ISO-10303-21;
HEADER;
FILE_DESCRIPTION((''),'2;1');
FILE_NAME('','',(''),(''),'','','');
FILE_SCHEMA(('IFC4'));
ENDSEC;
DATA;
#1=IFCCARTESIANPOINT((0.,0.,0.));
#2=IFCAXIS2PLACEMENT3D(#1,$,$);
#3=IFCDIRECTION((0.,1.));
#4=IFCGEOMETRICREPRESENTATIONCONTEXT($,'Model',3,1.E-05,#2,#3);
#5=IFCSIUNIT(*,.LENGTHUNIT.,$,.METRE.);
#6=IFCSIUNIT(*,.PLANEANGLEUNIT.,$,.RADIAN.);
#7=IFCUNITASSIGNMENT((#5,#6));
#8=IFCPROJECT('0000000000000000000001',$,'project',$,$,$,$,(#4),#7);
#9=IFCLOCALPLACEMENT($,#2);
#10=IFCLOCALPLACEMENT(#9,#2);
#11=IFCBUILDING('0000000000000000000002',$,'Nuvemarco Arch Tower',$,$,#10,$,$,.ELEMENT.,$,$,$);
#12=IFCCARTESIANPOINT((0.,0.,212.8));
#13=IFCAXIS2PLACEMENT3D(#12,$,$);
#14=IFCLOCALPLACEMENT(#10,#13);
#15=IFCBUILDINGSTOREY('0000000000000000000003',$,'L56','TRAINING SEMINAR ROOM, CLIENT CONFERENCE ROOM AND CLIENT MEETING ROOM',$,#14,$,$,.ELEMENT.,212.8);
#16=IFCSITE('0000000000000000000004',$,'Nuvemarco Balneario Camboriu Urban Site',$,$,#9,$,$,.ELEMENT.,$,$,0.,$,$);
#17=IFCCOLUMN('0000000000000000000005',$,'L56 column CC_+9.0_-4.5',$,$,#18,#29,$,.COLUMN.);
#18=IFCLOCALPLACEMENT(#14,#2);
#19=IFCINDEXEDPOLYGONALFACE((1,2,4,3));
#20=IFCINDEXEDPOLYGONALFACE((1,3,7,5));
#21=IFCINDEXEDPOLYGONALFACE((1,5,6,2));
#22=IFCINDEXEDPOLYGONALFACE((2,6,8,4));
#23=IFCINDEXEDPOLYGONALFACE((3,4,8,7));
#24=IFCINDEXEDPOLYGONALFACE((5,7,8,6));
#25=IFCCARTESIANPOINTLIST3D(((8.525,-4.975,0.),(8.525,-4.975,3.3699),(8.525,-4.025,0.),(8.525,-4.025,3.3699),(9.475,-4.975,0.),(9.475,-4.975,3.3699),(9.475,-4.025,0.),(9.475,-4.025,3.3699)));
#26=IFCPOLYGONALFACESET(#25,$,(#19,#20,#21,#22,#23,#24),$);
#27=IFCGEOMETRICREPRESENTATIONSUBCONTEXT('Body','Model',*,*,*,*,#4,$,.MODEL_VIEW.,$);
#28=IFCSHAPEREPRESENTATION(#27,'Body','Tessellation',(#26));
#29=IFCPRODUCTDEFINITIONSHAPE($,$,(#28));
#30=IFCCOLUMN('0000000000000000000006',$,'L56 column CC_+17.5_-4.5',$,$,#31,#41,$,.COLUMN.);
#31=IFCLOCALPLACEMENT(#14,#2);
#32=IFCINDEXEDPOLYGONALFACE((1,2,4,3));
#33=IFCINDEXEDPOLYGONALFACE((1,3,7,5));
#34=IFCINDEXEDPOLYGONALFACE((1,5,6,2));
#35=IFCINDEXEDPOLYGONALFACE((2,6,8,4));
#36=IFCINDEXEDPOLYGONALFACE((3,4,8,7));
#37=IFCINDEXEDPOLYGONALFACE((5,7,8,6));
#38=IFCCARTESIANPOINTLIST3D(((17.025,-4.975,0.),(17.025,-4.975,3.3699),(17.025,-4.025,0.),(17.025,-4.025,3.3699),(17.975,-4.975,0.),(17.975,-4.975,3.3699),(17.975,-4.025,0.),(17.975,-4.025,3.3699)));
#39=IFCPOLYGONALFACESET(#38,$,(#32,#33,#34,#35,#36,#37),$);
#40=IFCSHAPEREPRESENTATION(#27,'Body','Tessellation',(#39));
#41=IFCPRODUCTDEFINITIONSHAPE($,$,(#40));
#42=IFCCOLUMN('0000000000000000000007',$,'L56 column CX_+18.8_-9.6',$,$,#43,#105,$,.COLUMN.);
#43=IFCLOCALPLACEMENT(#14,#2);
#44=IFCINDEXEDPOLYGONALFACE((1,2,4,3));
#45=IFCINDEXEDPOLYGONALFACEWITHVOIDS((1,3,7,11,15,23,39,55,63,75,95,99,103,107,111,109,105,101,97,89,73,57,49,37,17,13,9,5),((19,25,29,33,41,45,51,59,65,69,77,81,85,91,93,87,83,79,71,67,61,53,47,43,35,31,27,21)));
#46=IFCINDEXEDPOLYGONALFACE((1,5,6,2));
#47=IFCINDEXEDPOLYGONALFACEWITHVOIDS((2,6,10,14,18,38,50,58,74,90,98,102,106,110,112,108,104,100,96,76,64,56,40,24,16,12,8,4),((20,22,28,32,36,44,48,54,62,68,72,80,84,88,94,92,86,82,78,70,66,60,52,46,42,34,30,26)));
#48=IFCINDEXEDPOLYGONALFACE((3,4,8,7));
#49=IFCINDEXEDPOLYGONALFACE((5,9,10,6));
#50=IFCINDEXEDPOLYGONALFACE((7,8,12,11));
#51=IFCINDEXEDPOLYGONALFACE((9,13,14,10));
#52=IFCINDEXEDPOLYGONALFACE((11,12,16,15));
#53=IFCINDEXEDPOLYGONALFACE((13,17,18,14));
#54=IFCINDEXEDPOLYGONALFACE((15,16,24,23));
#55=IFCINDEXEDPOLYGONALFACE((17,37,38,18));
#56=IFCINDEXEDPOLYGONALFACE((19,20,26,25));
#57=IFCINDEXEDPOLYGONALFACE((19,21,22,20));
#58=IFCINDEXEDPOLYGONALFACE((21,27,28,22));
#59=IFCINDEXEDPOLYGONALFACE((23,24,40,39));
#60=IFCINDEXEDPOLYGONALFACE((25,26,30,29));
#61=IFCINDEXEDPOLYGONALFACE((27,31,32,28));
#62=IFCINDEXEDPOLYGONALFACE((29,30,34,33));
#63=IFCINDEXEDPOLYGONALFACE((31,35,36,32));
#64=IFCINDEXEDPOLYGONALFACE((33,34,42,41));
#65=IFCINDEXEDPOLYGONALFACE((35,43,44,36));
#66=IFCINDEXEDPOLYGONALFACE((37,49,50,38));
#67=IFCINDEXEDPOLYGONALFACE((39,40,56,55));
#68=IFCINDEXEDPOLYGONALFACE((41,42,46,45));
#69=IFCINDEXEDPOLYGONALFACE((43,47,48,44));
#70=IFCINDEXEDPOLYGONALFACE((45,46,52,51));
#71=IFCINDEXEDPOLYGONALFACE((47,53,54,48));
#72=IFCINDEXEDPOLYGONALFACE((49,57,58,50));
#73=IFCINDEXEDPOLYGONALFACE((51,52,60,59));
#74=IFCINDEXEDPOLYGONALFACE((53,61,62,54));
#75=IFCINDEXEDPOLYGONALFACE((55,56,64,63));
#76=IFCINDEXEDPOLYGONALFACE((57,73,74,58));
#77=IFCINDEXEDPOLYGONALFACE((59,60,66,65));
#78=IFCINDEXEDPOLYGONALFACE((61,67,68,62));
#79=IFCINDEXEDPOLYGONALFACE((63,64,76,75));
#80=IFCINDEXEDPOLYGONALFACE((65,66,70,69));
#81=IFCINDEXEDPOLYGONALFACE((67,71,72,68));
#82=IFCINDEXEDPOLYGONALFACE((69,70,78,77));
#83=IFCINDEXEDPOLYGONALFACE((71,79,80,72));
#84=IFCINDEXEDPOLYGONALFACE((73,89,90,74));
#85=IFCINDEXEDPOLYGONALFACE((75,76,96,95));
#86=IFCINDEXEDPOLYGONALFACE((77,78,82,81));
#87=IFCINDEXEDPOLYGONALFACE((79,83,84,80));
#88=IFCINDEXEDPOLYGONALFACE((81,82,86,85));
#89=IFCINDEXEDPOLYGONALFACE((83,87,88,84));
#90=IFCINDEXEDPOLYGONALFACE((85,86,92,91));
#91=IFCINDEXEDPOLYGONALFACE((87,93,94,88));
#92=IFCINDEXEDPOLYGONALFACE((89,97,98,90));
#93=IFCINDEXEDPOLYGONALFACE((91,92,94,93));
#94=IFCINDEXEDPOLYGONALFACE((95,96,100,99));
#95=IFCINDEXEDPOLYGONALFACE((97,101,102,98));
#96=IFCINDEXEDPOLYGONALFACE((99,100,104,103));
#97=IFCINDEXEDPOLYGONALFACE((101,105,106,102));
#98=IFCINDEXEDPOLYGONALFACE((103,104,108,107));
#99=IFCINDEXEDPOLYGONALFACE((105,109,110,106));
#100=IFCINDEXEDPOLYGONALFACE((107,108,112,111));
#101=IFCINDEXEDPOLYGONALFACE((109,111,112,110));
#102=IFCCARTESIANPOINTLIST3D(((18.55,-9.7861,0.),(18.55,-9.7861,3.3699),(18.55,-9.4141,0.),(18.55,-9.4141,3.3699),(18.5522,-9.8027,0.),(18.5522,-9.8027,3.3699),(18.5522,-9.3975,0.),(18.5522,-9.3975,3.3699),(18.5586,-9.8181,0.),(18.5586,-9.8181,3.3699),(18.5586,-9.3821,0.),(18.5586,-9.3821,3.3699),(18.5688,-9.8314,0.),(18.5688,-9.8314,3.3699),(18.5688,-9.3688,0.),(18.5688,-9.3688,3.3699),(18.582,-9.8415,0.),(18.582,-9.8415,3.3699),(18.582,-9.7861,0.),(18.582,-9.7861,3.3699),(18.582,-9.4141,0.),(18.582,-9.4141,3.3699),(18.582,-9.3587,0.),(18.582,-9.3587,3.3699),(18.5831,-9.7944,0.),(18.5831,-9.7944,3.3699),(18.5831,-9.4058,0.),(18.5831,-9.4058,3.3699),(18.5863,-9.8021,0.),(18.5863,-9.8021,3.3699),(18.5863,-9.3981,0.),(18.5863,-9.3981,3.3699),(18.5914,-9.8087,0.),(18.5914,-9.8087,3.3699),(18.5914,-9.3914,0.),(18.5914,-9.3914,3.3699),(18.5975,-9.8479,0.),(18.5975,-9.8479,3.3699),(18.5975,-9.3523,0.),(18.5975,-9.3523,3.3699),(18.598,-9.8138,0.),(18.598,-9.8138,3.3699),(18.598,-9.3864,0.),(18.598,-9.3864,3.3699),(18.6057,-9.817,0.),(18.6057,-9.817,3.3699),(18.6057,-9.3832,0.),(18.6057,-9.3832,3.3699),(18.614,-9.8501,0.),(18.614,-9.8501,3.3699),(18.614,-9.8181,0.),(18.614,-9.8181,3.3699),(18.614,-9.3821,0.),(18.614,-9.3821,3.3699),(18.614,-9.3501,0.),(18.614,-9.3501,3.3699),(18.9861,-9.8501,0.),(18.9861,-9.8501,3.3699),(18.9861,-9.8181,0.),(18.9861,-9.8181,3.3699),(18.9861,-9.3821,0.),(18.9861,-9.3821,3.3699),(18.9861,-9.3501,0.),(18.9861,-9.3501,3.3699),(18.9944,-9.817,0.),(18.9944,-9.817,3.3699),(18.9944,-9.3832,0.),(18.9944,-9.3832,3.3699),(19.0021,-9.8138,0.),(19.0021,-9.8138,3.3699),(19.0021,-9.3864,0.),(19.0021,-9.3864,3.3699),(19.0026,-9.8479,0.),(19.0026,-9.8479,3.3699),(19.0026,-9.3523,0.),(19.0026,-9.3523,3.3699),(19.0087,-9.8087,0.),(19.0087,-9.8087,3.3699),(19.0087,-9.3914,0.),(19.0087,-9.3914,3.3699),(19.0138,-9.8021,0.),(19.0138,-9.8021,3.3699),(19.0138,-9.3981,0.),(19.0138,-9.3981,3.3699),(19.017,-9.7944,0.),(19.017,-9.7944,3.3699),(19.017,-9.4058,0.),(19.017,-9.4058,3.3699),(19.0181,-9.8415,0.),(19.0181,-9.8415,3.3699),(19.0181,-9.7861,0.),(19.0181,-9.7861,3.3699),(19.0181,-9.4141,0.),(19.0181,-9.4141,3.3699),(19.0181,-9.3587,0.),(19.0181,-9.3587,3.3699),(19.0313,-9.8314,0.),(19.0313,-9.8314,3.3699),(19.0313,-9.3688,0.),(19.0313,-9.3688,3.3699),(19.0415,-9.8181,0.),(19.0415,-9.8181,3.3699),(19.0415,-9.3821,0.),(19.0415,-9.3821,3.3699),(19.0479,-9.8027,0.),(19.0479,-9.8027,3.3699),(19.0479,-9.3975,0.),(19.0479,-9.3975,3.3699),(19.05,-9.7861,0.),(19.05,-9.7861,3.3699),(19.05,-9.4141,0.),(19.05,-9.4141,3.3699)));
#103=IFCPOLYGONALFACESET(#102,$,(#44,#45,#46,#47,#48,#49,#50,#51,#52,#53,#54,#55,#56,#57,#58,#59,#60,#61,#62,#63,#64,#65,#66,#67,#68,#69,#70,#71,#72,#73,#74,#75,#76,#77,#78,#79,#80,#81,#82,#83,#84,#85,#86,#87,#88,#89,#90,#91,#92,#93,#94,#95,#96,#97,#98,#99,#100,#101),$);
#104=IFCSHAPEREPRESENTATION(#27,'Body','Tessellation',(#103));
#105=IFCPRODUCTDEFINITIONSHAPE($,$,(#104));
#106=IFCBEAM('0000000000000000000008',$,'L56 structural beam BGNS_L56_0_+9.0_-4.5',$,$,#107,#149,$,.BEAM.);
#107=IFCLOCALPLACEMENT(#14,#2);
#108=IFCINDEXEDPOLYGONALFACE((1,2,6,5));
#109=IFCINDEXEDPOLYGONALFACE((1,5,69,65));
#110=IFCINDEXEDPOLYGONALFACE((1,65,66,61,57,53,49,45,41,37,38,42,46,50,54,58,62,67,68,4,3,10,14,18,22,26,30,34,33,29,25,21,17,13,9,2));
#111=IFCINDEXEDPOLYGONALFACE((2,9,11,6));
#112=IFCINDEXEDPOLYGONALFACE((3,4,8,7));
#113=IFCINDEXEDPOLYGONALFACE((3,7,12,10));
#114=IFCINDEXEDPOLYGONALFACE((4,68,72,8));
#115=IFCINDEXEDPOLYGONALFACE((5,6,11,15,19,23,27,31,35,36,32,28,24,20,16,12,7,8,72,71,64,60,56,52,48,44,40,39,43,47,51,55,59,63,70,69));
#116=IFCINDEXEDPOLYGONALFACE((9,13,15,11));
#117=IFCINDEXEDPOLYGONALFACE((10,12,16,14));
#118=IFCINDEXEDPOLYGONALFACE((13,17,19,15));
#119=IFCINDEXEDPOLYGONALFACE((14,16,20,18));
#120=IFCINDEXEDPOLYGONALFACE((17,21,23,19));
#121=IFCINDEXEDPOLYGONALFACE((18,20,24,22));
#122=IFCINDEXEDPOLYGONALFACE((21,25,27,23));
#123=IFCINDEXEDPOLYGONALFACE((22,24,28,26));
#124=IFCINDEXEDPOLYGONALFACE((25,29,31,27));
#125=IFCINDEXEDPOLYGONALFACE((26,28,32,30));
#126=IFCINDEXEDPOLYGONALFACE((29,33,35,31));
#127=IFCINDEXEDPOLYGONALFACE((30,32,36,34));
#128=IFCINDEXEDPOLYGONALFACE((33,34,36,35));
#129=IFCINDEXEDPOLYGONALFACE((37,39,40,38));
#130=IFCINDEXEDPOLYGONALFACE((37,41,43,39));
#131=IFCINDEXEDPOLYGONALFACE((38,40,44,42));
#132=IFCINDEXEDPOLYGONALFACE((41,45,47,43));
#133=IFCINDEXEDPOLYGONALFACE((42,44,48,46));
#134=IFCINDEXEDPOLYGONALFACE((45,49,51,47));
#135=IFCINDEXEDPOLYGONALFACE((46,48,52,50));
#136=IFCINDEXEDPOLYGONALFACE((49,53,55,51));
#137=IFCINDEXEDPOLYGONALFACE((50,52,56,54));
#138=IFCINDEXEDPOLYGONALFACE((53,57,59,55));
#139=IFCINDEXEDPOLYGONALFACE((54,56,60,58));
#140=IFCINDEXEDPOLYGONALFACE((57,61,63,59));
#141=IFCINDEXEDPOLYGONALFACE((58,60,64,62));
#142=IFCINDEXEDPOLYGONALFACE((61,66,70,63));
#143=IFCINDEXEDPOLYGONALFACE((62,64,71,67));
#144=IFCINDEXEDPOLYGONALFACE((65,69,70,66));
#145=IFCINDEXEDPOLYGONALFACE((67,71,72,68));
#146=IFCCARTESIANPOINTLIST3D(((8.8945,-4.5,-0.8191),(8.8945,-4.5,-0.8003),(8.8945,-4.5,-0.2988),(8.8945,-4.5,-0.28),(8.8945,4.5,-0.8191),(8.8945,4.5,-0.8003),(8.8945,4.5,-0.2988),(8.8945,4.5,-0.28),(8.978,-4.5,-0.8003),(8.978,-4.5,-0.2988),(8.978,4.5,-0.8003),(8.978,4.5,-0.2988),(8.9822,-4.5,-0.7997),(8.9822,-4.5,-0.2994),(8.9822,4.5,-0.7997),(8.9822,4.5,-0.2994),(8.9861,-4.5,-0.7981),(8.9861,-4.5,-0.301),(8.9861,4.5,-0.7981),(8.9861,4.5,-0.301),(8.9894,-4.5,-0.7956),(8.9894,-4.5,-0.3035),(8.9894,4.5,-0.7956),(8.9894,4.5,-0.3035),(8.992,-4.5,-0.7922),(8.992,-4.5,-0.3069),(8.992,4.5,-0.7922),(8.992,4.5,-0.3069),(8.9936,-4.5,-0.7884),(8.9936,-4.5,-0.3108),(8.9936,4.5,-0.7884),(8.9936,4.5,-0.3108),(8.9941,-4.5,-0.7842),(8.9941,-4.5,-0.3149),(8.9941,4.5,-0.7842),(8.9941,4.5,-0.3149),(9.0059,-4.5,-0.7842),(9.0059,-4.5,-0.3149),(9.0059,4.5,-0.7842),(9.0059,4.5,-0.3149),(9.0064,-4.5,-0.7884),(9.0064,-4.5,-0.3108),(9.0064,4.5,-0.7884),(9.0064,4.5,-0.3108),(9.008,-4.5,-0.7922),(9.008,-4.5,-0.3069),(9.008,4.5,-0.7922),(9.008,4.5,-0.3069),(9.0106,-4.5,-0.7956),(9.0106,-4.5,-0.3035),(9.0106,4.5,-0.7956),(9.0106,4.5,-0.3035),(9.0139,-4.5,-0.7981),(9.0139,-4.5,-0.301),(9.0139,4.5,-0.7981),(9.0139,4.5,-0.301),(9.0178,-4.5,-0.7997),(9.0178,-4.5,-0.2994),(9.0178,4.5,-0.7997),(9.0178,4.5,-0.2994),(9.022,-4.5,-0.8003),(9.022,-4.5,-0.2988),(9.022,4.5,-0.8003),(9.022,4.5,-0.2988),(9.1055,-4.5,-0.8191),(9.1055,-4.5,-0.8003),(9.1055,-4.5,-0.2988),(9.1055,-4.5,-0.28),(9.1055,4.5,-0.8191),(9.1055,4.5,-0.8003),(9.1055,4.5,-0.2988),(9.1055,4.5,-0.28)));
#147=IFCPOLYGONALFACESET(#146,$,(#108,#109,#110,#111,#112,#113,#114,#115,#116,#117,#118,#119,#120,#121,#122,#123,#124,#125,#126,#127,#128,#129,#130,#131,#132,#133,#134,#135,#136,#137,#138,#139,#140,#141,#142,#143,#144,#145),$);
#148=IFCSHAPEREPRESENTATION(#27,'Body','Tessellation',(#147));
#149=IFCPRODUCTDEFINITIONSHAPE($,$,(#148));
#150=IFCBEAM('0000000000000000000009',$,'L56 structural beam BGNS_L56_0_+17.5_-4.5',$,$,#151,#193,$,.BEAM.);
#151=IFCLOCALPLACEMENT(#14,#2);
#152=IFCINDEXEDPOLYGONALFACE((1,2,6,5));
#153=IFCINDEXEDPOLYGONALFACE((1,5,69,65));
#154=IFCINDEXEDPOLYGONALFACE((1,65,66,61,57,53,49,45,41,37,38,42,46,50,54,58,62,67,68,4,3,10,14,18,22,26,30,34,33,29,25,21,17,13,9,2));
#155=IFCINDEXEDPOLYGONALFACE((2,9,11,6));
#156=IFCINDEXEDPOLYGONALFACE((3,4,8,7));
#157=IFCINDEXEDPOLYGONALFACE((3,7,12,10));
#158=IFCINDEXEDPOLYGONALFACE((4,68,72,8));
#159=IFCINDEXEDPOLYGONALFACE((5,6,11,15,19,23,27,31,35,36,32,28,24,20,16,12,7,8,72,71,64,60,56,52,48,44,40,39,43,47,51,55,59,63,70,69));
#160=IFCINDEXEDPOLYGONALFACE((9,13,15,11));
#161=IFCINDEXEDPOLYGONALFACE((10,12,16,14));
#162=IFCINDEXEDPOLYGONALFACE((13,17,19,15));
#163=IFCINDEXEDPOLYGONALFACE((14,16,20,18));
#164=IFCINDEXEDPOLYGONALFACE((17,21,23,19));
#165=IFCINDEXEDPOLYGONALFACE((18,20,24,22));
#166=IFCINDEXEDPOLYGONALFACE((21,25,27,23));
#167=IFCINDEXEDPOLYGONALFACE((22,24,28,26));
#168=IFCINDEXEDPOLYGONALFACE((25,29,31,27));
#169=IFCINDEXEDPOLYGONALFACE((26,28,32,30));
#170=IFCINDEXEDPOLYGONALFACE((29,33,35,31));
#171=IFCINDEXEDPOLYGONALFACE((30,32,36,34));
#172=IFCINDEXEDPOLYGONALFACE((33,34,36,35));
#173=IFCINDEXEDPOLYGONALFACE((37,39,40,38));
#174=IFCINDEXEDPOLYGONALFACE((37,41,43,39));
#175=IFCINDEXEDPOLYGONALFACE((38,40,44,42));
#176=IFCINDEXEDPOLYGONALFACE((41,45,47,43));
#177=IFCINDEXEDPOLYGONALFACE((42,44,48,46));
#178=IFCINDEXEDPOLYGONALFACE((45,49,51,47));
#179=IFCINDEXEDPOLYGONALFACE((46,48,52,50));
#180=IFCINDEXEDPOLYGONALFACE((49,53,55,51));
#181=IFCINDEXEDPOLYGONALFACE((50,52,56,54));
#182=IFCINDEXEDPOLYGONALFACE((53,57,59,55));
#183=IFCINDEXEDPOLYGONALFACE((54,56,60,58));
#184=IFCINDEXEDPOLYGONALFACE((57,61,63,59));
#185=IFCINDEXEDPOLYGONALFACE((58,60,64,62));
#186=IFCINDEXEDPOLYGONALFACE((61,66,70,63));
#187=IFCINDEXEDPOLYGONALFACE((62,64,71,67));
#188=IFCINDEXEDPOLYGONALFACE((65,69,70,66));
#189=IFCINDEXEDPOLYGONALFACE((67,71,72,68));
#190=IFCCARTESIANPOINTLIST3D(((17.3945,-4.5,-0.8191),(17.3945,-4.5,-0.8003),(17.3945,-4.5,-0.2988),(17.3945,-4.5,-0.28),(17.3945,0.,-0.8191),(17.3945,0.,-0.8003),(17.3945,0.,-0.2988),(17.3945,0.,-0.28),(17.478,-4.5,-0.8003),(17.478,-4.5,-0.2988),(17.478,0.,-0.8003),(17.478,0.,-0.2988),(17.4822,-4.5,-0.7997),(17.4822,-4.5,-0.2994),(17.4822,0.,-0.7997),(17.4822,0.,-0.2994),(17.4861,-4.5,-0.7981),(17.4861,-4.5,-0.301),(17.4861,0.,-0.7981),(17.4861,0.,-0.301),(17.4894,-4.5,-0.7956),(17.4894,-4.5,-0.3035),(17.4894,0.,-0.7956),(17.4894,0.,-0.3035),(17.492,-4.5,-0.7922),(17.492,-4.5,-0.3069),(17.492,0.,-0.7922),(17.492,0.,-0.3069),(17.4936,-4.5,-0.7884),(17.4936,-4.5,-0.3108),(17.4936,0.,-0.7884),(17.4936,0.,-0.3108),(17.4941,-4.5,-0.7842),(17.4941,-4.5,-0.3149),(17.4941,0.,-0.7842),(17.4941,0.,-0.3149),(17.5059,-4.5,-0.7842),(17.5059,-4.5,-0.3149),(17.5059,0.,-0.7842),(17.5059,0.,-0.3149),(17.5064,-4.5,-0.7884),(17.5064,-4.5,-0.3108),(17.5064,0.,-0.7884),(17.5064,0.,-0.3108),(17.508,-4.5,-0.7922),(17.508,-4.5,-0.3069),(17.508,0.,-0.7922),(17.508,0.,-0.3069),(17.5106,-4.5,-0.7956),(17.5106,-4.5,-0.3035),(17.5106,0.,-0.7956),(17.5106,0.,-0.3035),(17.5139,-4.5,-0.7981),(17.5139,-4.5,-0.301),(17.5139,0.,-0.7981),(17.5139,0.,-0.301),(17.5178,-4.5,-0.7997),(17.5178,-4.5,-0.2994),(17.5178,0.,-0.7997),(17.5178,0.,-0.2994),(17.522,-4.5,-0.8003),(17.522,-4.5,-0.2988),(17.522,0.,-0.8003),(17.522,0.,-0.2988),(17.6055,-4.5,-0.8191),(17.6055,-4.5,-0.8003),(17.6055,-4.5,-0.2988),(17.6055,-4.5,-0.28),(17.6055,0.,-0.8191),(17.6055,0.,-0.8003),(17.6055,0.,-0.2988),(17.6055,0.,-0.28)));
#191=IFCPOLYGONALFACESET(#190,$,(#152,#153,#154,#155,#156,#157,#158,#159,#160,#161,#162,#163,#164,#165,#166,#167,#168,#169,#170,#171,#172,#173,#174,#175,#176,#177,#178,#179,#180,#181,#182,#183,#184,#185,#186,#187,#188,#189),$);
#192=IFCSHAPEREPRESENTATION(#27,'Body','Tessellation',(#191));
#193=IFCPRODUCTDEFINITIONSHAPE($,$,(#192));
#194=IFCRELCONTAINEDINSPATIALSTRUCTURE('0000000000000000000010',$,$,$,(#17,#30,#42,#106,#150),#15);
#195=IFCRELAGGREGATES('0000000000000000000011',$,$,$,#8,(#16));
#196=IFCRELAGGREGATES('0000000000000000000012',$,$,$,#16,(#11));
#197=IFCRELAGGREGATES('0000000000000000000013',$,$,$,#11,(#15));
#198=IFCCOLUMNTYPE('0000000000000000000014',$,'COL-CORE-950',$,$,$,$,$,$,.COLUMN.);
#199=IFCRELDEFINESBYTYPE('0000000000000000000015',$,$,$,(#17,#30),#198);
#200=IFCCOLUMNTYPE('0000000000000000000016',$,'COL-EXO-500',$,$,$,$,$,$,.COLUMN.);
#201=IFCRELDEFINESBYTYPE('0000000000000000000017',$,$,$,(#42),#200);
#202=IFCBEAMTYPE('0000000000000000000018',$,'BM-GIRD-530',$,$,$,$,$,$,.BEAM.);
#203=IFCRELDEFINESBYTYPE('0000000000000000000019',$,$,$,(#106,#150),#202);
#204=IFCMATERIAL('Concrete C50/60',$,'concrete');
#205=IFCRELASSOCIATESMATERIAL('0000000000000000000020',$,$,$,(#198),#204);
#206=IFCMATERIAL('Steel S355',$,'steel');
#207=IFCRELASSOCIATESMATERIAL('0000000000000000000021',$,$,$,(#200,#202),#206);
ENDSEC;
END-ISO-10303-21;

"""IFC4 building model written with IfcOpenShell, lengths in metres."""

from ifc_helpers import new_model, si_unit, direction, frame, origin, origin_2d, place, context, subcontext, project, spatial, rectangle, hollow_rectangle, i_section, extrude, material, material_profile, profile_set, type_object, element, save


model = new_model("IFC4")

# Units and contexts
model_context = context("Model", 3, precision=1e-05, world=origin(), true_north=direction((0.0, 1.0)))
body_context = subcontext(model_context, "Body", "Model", "MODEL_VIEW")
ifc_project = project(units=[si_unit("LENGTHUNIT", "METRE"), si_unit("PLANEANGLEUNIT", "RADIAN")], contexts=[model_context])

# Site, building, storey
site_placement = place(None, origin())
site = spatial("IfcSite", under=ifc_project, at=site_placement, Name="Nuvemarco Balneario Camboriu Urban Site", CompositionType="ELEMENT", RefElevation=0.0)
building_placement = place(site_placement, origin())
building = spatial("IfcBuilding", under=site, at=building_placement, Name="Nuvemarco Arch Tower", CompositionType="ELEMENT")
storey_placement = place(building_placement, frame((0.0, 0.0, 212.8)))
storey = spatial("IfcBuildingStorey", under=building, at=storey_placement, Name="L56", Description="TRAINING SEMINAR ROOM, CLIENT CONFERENCE ROOM AND CLIENT MEETING ROOM", CompositionType="ELEMENT", Elevation=212.8)

# Columns
ifc_material_1 = material(Name="Concrete C50/60", Category="concrete")
ifc_material_profile_1 = material_profile(ifc_material_1, rectangle(XDim=0.95, YDim=0.95, at=origin_2d()), Name="RC-COL-950x950")
ifc_profile_set_1 = profile_set([ifc_material_profile_1], Name="Concrete C50/60")
column_type_1 = type_object("IfcColumnType", Name="COL-CORE-950", PredefinedType="COLUMN", material=ifc_profile_set_1)
for number, where, z_axis, x_axis, name in (
    (1, (9.0, -4.5, 0.0), (0.0, 0.0, 1.0), (1.0, 0.0, 0.0), "L56 column CC_+9.0_-4.5"),
    (2, (17.5, -4.5, 0.0), (0.0, 0.0, 1.0), (1.0, 0.0, 0.0), "L56 column CC_+17.5_-4.5"),
):
    element("IfcColumn", number, at=place(storey_placement, frame(where, z_axis=z_axis, x_axis=x_axis)), inside=storey, type_object=column_type_1, Name=name, PredefinedType="COLUMN", context=body_context, shape_type="SweptSolid", body=[
        extrude(rectangle(XDim=0.95, YDim=0.95, at=origin_2d()), origin(), (0.0, 0.0, 1.0), 3.3699),
    ])
ifc_material_2 = material(Name="Steel S355", Category="steel")
ifc_material_profile_2 = material_profile(ifc_material_2, hollow_rectangle(XDim=0.5, YDim=0.5, WallThickness=0.032, InnerFilletRadius=0.032, OuterFilletRadius=0.064, at=origin_2d()), Name="SHS500x500x32")
ifc_profile_set_2 = profile_set([ifc_material_profile_2], Name="Steel S355")
column_type_2 = type_object("IfcColumnType", Name="COL-EXO-500", PredefinedType="COLUMN", material=ifc_profile_set_2)
column_placement = place(storey_placement, frame((18.8, -9.6001, 0.0), z_axis=(0.0, 0.0, 1.0), x_axis=(1.0, 0.0, 0.0)))
element("IfcColumn", 3, at=column_placement, inside=storey, type_object=column_type_2, Name="L56 column CX_+18.8_-9.6", PredefinedType="COLUMN", context=body_context, shape_type="SweptSolid", body=[
    extrude(hollow_rectangle(XDim=0.5, YDim=0.5, WallThickness=0.032, InnerFilletRadius=0.032, OuterFilletRadius=0.064, at=origin_2d()), origin(), (0.0, 0.0, 1.0), 3.3699),
])

# Beams
ifc_material_profile_3 = material_profile(ifc_material_2, i_section(OverallWidth=0.2109, OverallDepth=0.5391, WebThickness=0.0117, FlangeThickness=0.0188, FilletRadius=0.0161, at=origin_2d()), Name="W530x109")
ifc_profile_set_3 = profile_set([ifc_material_profile_3], Name="Steel S355")
beam_type_1 = type_object("IfcBeamType", Name="BM-GIRD-530", PredefinedType="BEAM", material=ifc_profile_set_3)
beam_1_placement = place(storey_placement, frame((9.0, -4.5, -0.5496), z_axis=(0.0, 1.0, 0.0), x_axis=(-1.0, 0.0, 0.0)))
element("IfcBeam", 4, at=beam_1_placement, inside=storey, type_object=beam_type_1, Name="L56 structural beam BGNS_L56_0_+9.0_-4.5", PredefinedType="BEAM", context=body_context, shape_type="SweptSolid", body=[
    extrude(i_section(OverallWidth=0.2109, OverallDepth=0.5391, WebThickness=0.0117, FlangeThickness=0.0188, FilletRadius=0.0161, at=origin_2d()), origin(), (0.0, 0.0, 1.0), 9.0),
])
beam_2_placement = place(storey_placement, frame((17.5, -4.5, -0.5496), z_axis=(0.0, 1.0, 0.0), x_axis=(-1.0, 0.0, 0.0)))
element("IfcBeam", 5, at=beam_2_placement, inside=storey, type_object=beam_type_1, Name="L56 structural beam BGNS_L56_0_+17.5_-4.5", PredefinedType="BEAM", context=body_context, shape_type="SweptSolid", body=[
    extrude(i_section(OverallWidth=0.2109, OverallDepth=0.5391, WebThickness=0.0117, FlangeThickness=0.0188, FilletRadius=0.0161, at=origin_2d()), origin(), (0.0, 0.0, 1.0), 4.5),
])

save(model, "model.ifc")
